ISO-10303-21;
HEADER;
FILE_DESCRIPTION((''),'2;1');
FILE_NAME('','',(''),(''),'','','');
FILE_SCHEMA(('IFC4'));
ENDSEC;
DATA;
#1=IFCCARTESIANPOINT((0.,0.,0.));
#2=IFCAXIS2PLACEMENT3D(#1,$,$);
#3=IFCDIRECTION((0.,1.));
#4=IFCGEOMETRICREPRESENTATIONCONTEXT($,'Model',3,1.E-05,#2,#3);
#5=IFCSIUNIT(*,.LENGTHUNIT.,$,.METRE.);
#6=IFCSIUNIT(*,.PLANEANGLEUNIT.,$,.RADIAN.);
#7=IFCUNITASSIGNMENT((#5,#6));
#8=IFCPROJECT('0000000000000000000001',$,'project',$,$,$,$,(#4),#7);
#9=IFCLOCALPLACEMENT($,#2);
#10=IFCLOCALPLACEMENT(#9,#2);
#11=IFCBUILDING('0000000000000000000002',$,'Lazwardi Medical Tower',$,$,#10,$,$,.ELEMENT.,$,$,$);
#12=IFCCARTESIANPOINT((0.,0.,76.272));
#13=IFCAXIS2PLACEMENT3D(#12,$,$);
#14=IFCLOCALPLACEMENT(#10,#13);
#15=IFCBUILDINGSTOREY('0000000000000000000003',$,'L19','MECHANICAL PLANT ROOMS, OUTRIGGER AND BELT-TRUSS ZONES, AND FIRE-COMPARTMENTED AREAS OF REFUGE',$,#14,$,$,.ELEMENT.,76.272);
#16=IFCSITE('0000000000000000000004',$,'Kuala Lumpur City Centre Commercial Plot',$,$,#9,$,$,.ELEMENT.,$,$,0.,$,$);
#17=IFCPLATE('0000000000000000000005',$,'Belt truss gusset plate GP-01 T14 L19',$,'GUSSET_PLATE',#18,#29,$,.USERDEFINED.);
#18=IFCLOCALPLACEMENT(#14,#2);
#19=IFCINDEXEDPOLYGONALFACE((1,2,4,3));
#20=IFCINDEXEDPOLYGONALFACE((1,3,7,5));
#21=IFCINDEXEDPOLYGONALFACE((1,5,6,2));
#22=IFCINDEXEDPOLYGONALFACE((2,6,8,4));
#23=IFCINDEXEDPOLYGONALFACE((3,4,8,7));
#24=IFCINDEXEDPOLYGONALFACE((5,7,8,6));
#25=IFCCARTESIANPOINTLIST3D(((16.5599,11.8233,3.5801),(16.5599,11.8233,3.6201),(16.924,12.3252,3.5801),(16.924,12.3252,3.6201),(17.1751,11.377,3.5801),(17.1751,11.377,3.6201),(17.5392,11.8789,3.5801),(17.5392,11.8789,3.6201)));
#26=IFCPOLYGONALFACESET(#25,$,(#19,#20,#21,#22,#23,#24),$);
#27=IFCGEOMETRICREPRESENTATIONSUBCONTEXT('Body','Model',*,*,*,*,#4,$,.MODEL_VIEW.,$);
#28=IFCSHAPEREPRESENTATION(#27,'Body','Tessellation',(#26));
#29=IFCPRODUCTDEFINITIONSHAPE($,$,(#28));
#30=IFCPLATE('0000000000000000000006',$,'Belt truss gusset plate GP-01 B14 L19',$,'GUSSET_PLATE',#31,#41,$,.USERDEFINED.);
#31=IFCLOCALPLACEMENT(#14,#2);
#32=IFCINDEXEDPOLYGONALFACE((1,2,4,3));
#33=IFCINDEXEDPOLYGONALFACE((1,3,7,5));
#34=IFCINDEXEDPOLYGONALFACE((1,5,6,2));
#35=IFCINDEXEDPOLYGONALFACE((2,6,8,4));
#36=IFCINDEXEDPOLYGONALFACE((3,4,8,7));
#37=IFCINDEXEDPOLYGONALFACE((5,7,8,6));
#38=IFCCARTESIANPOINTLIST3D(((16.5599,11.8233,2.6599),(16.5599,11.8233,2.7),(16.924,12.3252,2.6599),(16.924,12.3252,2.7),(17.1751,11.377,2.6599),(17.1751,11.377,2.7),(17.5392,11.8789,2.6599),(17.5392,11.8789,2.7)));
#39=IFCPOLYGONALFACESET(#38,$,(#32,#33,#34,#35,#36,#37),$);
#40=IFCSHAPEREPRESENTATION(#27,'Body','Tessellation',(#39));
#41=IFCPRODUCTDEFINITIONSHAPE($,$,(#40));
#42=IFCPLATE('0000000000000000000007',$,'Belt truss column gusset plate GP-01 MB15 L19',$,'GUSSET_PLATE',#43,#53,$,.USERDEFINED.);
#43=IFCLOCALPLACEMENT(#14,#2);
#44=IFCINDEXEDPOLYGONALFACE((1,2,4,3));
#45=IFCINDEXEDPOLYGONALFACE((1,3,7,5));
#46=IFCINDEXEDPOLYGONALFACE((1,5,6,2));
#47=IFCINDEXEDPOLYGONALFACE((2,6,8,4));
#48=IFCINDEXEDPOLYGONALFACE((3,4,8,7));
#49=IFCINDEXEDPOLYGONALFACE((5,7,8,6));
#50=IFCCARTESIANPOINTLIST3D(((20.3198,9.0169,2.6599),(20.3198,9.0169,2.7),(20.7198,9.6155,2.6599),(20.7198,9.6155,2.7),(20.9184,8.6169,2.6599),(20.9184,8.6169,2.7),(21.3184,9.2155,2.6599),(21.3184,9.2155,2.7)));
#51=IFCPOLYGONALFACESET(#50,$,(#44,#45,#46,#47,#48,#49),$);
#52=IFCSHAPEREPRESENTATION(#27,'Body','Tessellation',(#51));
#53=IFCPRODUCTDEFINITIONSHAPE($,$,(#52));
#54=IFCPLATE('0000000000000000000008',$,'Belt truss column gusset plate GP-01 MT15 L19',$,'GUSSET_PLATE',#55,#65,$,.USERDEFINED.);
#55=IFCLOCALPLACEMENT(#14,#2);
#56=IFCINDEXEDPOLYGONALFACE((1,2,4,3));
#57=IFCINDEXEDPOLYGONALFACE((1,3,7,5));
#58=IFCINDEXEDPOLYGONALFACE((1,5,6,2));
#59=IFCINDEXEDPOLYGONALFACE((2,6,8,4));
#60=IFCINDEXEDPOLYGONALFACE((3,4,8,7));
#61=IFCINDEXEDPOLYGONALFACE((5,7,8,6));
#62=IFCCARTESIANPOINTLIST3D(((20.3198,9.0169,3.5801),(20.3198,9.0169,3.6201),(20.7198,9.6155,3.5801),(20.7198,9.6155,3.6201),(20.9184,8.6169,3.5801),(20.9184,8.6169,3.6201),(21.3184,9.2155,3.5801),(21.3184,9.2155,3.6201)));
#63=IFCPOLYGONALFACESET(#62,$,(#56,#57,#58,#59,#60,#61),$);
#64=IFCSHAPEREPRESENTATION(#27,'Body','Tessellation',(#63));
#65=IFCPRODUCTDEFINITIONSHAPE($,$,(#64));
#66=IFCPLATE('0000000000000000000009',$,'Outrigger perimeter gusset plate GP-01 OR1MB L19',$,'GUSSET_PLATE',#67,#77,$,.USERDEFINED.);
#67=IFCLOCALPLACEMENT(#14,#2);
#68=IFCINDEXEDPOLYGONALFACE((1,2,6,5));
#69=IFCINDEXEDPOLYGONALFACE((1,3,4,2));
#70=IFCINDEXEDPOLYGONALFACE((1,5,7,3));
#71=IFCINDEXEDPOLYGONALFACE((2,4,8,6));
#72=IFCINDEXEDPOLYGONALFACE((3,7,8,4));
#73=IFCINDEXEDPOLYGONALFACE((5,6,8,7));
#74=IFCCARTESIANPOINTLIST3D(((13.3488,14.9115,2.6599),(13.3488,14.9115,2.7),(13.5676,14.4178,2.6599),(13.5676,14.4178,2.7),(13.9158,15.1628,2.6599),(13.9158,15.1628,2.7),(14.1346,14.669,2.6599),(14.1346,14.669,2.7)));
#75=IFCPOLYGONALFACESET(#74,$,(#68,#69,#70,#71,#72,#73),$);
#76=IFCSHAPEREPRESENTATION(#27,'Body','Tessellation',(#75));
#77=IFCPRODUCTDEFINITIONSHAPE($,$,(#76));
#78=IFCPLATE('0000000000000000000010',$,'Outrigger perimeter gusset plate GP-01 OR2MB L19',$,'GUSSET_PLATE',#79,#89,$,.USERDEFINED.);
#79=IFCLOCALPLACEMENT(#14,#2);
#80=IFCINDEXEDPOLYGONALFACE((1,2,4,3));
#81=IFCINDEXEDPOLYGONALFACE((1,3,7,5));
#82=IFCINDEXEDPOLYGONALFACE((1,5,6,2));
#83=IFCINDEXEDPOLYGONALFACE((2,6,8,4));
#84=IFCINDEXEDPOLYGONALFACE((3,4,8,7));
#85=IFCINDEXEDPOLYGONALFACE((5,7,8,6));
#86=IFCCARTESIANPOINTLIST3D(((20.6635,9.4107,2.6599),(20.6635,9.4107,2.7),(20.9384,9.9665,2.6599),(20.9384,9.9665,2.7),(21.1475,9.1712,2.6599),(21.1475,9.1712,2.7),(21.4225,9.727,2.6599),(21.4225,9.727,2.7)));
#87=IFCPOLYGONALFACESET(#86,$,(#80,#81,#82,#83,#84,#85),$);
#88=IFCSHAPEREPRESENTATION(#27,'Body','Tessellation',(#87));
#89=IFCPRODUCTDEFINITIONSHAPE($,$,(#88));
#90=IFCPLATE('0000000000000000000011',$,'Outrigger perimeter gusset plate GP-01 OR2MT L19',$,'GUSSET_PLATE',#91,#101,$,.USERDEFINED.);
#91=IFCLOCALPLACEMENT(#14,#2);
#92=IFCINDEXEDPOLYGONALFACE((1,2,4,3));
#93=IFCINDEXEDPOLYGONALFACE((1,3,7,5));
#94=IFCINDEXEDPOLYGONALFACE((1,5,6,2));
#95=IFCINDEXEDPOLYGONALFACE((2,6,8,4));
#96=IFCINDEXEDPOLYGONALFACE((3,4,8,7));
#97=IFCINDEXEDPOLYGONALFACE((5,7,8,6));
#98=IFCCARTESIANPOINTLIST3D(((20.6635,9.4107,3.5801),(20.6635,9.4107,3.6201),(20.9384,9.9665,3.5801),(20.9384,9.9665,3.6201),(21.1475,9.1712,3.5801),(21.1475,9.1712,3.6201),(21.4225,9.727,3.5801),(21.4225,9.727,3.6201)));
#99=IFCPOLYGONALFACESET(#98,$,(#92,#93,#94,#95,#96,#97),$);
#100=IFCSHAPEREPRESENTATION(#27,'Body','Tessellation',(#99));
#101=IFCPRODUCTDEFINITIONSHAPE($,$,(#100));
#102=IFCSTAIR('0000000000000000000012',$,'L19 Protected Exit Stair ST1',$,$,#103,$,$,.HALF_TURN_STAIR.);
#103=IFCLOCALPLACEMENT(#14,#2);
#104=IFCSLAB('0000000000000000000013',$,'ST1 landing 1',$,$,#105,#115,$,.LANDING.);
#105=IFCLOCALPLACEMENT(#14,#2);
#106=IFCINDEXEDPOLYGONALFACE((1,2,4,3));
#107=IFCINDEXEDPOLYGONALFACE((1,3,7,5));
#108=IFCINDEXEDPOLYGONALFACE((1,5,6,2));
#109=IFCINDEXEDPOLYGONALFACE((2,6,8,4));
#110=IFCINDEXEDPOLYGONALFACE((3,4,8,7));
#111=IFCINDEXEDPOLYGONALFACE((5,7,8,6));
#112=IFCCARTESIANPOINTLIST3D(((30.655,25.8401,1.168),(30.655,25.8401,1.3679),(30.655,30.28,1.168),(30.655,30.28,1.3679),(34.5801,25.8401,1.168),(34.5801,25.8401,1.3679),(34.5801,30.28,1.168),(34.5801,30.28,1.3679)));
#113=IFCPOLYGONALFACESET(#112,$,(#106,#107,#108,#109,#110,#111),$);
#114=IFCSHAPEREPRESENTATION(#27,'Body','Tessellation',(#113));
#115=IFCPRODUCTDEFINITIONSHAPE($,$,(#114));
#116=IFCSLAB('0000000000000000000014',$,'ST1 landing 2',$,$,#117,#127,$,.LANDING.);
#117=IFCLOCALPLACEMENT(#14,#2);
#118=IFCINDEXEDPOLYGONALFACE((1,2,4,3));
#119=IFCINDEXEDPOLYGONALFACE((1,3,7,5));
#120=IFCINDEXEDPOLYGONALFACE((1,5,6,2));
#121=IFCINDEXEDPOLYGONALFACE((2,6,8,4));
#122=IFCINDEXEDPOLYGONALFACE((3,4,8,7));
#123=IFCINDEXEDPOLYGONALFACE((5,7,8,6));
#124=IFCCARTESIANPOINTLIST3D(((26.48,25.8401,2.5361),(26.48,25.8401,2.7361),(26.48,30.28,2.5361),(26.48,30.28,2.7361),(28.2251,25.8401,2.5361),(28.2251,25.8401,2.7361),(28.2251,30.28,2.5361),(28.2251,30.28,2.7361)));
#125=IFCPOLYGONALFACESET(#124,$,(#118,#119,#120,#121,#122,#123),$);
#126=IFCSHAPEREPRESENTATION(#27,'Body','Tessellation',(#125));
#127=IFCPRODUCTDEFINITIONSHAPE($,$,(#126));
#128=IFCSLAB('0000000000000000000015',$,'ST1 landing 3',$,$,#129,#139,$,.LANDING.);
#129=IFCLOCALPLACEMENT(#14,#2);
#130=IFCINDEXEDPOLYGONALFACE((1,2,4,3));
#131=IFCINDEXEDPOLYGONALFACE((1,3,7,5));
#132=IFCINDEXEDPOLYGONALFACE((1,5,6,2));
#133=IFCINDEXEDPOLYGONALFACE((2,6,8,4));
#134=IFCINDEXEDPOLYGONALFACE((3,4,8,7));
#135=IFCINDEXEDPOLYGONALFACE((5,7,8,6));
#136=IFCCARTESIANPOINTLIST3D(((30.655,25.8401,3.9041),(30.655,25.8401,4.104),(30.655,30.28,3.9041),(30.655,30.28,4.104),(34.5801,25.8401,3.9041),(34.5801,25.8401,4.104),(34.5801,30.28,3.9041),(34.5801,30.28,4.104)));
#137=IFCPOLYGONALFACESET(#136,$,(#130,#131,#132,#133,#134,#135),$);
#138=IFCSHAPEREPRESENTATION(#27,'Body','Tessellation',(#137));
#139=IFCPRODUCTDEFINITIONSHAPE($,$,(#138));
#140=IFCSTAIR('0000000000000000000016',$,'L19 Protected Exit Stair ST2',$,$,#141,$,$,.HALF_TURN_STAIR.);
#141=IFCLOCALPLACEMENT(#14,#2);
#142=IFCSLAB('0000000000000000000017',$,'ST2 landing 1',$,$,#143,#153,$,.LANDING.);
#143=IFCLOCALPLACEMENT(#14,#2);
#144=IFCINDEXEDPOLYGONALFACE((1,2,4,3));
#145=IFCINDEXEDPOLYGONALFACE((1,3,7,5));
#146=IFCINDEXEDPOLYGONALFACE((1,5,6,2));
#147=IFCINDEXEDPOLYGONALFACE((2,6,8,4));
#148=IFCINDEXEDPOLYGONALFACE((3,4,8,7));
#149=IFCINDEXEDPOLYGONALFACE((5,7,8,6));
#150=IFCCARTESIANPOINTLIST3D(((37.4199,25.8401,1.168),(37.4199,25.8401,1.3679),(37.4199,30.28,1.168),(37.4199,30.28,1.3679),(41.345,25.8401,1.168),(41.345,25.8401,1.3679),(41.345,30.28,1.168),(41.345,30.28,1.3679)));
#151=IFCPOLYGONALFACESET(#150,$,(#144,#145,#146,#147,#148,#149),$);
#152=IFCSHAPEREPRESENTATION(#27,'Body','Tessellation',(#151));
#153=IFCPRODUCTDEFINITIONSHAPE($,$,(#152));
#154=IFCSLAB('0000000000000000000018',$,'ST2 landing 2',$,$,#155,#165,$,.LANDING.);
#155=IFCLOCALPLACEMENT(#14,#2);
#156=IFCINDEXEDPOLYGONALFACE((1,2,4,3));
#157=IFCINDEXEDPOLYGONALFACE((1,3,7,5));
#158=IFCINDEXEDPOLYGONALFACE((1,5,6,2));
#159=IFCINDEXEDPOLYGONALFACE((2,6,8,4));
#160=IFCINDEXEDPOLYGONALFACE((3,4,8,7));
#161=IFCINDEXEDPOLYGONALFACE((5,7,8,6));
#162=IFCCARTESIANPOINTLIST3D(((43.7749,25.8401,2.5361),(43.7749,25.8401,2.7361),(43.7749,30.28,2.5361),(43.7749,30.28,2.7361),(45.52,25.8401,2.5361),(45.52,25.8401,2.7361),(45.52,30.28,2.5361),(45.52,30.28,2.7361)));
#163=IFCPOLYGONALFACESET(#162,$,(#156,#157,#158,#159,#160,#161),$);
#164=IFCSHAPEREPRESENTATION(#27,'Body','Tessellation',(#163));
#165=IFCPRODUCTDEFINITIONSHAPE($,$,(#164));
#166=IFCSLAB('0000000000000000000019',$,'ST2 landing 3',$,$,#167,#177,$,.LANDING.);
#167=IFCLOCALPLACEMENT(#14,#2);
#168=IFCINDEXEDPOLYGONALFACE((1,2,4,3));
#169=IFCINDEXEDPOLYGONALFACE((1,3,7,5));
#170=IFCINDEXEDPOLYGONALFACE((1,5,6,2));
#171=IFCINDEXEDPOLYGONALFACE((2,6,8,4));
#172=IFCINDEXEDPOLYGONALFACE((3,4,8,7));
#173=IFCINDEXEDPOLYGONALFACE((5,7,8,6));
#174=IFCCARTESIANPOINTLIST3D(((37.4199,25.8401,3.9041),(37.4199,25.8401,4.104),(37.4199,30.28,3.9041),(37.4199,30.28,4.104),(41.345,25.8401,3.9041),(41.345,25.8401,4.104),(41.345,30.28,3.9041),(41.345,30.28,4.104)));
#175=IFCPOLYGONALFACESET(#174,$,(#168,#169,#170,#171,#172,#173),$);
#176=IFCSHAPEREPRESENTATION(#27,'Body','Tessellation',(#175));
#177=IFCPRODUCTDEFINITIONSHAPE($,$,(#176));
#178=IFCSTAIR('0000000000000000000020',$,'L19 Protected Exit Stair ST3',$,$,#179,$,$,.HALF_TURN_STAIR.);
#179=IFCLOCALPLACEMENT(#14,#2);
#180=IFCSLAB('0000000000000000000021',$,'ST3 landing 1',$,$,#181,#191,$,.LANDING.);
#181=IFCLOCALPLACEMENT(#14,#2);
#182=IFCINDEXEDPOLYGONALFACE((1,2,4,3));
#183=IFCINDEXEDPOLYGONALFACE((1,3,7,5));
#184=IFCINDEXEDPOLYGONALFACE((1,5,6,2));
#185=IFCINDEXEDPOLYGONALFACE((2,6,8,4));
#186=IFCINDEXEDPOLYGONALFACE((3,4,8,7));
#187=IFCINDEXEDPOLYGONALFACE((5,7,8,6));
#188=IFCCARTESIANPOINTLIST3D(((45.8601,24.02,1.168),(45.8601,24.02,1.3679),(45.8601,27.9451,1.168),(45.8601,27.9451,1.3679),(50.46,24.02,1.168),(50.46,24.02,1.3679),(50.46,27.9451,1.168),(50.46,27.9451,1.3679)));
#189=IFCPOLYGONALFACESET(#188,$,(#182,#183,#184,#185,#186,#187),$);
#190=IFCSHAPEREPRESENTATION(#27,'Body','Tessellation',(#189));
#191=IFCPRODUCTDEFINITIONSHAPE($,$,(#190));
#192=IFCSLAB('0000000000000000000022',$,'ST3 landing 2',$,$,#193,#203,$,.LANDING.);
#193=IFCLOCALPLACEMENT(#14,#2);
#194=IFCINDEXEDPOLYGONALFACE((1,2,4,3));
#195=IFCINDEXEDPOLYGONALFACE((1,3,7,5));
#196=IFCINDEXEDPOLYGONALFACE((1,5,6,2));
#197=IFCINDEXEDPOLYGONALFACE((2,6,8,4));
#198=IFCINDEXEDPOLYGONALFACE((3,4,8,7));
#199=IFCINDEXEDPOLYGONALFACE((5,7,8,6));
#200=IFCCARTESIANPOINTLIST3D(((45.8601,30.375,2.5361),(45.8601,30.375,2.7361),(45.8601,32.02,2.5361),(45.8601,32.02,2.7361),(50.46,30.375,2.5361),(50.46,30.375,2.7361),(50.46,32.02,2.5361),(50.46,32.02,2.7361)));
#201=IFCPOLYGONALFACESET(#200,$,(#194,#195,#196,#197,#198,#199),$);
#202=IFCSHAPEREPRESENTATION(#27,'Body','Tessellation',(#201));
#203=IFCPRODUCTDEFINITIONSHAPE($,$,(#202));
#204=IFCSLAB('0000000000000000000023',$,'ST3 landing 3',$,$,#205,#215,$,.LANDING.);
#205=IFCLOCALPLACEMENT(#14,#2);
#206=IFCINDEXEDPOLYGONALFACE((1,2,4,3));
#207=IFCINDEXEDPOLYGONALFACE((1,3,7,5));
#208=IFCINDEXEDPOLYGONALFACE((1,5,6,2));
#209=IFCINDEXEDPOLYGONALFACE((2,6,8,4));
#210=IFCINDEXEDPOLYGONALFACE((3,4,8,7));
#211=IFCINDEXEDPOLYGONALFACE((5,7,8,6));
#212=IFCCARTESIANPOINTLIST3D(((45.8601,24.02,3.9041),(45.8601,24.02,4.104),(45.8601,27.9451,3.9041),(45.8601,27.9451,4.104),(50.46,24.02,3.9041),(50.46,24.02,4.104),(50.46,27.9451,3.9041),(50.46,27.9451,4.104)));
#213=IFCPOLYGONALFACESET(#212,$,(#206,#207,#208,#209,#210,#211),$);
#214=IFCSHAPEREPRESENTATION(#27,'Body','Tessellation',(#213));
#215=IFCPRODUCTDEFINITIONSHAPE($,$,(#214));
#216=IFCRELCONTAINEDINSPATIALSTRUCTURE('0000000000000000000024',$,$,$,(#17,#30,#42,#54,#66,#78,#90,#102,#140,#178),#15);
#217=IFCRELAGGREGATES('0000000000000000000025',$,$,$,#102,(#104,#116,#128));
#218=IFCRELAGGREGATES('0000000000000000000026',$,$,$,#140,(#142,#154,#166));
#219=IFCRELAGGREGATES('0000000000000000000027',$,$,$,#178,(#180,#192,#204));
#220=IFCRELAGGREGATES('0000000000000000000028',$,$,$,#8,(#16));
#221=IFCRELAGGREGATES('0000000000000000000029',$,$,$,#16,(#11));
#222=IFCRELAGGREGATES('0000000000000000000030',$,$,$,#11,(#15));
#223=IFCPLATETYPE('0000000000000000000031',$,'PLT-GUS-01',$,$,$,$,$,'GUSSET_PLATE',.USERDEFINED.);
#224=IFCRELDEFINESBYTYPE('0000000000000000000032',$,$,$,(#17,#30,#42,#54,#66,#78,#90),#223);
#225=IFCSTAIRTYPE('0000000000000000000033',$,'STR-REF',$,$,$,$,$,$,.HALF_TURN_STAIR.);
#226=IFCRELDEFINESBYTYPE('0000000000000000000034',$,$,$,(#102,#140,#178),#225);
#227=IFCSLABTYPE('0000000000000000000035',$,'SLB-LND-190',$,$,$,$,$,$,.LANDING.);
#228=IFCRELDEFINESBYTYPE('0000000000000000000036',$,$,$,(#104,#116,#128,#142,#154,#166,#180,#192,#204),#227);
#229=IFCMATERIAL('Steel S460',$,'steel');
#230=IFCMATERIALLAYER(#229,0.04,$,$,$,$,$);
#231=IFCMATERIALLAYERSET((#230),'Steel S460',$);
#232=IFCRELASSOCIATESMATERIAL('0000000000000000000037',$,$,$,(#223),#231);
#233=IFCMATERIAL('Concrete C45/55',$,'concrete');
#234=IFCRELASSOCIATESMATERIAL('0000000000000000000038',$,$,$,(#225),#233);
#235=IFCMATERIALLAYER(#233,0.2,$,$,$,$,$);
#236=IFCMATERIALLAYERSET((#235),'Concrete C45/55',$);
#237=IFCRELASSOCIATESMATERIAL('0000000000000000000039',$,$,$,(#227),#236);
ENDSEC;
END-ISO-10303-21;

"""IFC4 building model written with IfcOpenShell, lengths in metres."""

from ifc_helpers import new_model, si_unit, direction, frame, origin, origin_2d, place, context, subcontext, project, spatial, polyline, rectangle, outline, extrude, material, layer, layer_set, type_object, element, aggregate, save


model = new_model("IFC4")

# Units and contexts
model_context = context("Model", 3, precision=1e-05, world=origin(), true_north=direction((0.0, 1.0)))
body_context = subcontext(model_context, "Body", "Model", "MODEL_VIEW")
ifc_project = project(units=[si_unit("LENGTHUNIT", "METRE"), si_unit("PLANEANGLEUNIT", "RADIAN")], contexts=[model_context])

# Site, building, storey
site_placement = place(None, origin())
site = spatial("IfcSite", under=ifc_project, at=site_placement, Name="Kuala Lumpur City Centre Commercial Plot", CompositionType="ELEMENT", RefElevation=0.0)
building_placement = place(site_placement, origin())
building = spatial("IfcBuilding", under=site, at=building_placement, Name="Lazwardi Medical Tower", CompositionType="ELEMENT")
storey_placement = place(building_placement, frame((0.0, 0.0, 76.272)))
storey = spatial("IfcBuildingStorey", under=building, at=storey_placement, Name="L19", Description="MECHANICAL PLANT ROOMS, OUTRIGGER AND BELT-TRUSS ZONES, AND FIRE-COMPARTMENTED AREAS OF REFUGE", CompositionType="ELEMENT", Elevation=76.272)

# Shared definitions
ifc_material_1 = material(Name="Steel S460", Category="steel")

# Plates
ifc_layer_1 = layer(ifc_material_1, 0.04)
ifc_layer_set_1 = layer_set([ifc_layer_1], Name="Steel S460")
plate_type = type_object("IfcPlateType", Name="PLT-GUS-01", ElementType="GUSSET_PLATE", PredefinedType="USERDEFINED", material=ifc_layer_set_1)
for number, where, z_axis, x_axis, name in (
    (1, (17.0496, 11.8511, 3.5801), (0.0, 0.0, 1.0), (0.809427, -0.58722, 0.0), "Belt truss gusset plate GP-01 T14 L19"),
    (2, (17.0496, 11.8511, 2.6599), (0.0, 0.0, 1.0), (0.809427, -0.58722, 0.0), "Belt truss gusset plate GP-01 B14 L19"),
):
    element("IfcPlate", number, at=place(storey_placement, frame(where, z_axis=z_axis, x_axis=x_axis)), inside=storey, type_object=plate_type, Name=name, ObjectType="GUSSET_PLATE", PredefinedType="USERDEFINED", context=body_context, shape_type="SweptSolid", body=[
        extrude(rectangle(XDim=0.76, YDim=0.6201, at=origin_2d()), origin(), (0.0, 0.0, 1.0), 0.04),
    ])
for number, where, z_axis, x_axis, name in (
    (3, (20.8191, 9.1162, 2.6599), (0.0, 0.0, 1.0), (-0.55557, -0.83147, 0.0), "Belt truss column gusset plate GP-01 MB15 L19"),
    (4, (20.8191, 9.1162, 3.5801), (0.0, 0.0, 1.0), (-0.55557, -0.83147, 0.0), "Belt truss column gusset plate GP-01 MT15 L19"),
):
    element("IfcPlate", number, at=place(storey_placement, frame(where, z_axis=z_axis, x_axis=x_axis)), inside=storey, type_object=plate_type, Name=name, ObjectType="GUSSET_PLATE", PredefinedType="USERDEFINED", context=body_context, shape_type="SweptSolid", body=[
        extrude(rectangle(XDim=0.72, YDim=0.72, at=origin_2d()), origin(), (0.0, 0.0, 1.0), 0.04),
    ])
for number, where, z_axis, x_axis, name in (
    (5, (13.7417, 14.7903, 2.6599), (0.0, 0.0, 1.0), (-0.914254, -0.405142, 0.0), "Outrigger perimeter gusset plate GP-01 OR1MB L19"),
    (6, (21.043, 9.5688, 2.6599), (0.0, 0.0, 1.0), (-0.443384, -0.896332, 0.0), "Outrigger perimeter gusset plate GP-01 OR2MB L19"),
    (7, (21.043, 9.5688, 3.5801), (0.0, 0.0, 1.0), (-0.443384, -0.896332, 0.0), "Outrigger perimeter gusset plate GP-01 OR2MT L19"),
):
    element("IfcPlate", number, at=place(storey_placement, frame(where, z_axis=z_axis, x_axis=x_axis)), inside=storey, type_object=plate_type, Name=name, ObjectType="GUSSET_PLATE", PredefinedType="USERDEFINED", context=body_context, shape_type="SweptSolid", body=[
        extrude(rectangle(XDim=0.6201, YDim=0.54, at=origin_2d()), origin(), (0.0, 0.0, 1.0), 0.04),
    ])

# Stairs, slabs
ifc_material_2 = material(Name="Concrete C45/55", Category="concrete")
stair_type = type_object("IfcStairType", Name="STR-REF", PredefinedType="HALF_TURN_STAIR", material=ifc_material_2)
stair_1_placement = place(storey_placement, origin())
stair_1 = element("IfcStair", 8, at=stair_1_placement, inside=storey, type_object=stair_type, Name="L19 Protected Exit Stair ST1", PredefinedType="HALF_TURN_STAIR")
ifc_layer_2 = layer(ifc_material_2, 0.2)
ifc_layer_set_2 = layer_set([ifc_layer_2], Name="Concrete C45/55")
slab_type_1 = type_object("IfcSlabType", Name="SLB-LND-190", PredefinedType="LANDING", material=ifc_layer_set_2)
slab_1_placement = place(storey_placement, frame((0.0, 0.0, 1.168)))
slab_1 = element("IfcSlab", 9, at=slab_1_placement, type_object=slab_type_1, Name="ST1 landing 1", PredefinedType="LANDING", context=body_context, shape_type="SweptSolid", body=[
    extrude(outline(polyline([(30.655, 25.8401), (34.5801, 25.8401), (34.5801, 30.28), (30.655, 30.28), (30.655, 25.8401)])), origin(), (0.0, 0.0, 1.0), 0.2),
])
slab_2_placement = place(storey_placement, frame((0.0, 0.0, 2.5361)))
slab_2 = element("IfcSlab", 10, at=slab_2_placement, type_object=slab_type_1, Name="ST1 landing 2", PredefinedType="LANDING", context=body_context, shape_type="SweptSolid", body=[
    extrude(outline(polyline([(26.48, 25.8401), (28.2251, 25.8401), (28.2251, 30.28), (26.48, 30.28), (26.48, 25.8401)])), origin(), (0.0, 0.0, 1.0), 0.2),
])
slab_3_placement = place(storey_placement, frame((0.0, 0.0, 3.9041)))
slab_3 = element("IfcSlab", 11, at=slab_3_placement, type_object=slab_type_1, Name="ST1 landing 3", PredefinedType="LANDING", context=body_context, shape_type="SweptSolid", body=[
    extrude(outline(polyline([(30.655, 25.8401), (34.5801, 25.8401), (34.5801, 30.28), (30.655, 30.28), (30.655, 25.8401)])), origin(), (0.0, 0.0, 1.0), 0.2),
])
aggregate(stair_1, [slab_1, slab_2, slab_3])
stair_2_placement = place(storey_placement, origin())
stair_2 = element("IfcStair", 12, at=stair_2_placement, inside=storey, type_object=stair_type, Name="L19 Protected Exit Stair ST2", PredefinedType="HALF_TURN_STAIR")
slab_4_placement = place(storey_placement, frame((0.0, 0.0, 1.168)))
slab_4 = element("IfcSlab", 13, at=slab_4_placement, type_object=slab_type_1, Name="ST2 landing 1", PredefinedType="LANDING", context=body_context, shape_type="SweptSolid", body=[
    extrude(outline(polyline([(41.345, 30.28), (37.4199, 30.28), (37.4199, 25.8401), (41.345, 25.8401), (41.345, 30.28)])), origin(), (0.0, 0.0, 1.0), 0.2),
])
slab_5_placement = place(storey_placement, frame((0.0, 0.0, 2.5361)))
slab_5 = element("IfcSlab", 14, at=slab_5_placement, type_object=slab_type_1, Name="ST2 landing 2", PredefinedType="LANDING", context=body_context, shape_type="SweptSolid", body=[
    extrude(outline(polyline([(45.52, 30.28), (43.7749, 30.28), (43.7749, 25.8401), (45.52, 25.8401), (45.52, 30.28)])), origin(), (0.0, 0.0, 1.0), 0.2),
])
slab_6_placement = place(storey_placement, frame((0.0, 0.0, 3.9041)))
slab_6 = element("IfcSlab", 15, at=slab_6_placement, type_object=slab_type_1, Name="ST2 landing 3", PredefinedType="LANDING", context=body_context, shape_type="SweptSolid", body=[
    extrude(outline(polyline([(41.345, 30.28), (37.4199, 30.28), (37.4199, 25.8401), (41.345, 25.8401), (41.345, 30.28)])), origin(), (0.0, 0.0, 1.0), 0.2),
])
aggregate(stair_2, [slab_4, slab_5, slab_6])
stair_3_placement = place(storey_placement, origin())
stair_3 = element("IfcStair", 16, at=stair_3_placement, inside=storey, type_object=stair_type, Name="L19 Protected Exit Stair ST3", PredefinedType="HALF_TURN_STAIR")
slab_7_placement = place(storey_placement, frame((0.0, 0.0, 1.168)))
slab_7 = element("IfcSlab", 17, at=slab_7_placement, type_object=slab_type_1, Name="ST3 landing 1", PredefinedType="LANDING", context=body_context, shape_type="SweptSolid", body=[
    extrude(outline(polyline([(45.8601, 27.9451), (45.8601, 24.02), (50.46, 24.02), (50.46, 27.9451), (45.8601, 27.9451)])), origin(), (0.0, 0.0, 1.0), 0.2),
])
slab_8_placement = place(storey_placement, frame((0.0, 0.0, 2.5361)))
slab_8 = element("IfcSlab", 18, at=slab_8_placement, type_object=slab_type_1, Name="ST3 landing 2", PredefinedType="LANDING", context=body_context, shape_type="SweptSolid", body=[
    extrude(outline(polyline([(45.8601, 32.02), (45.8601, 30.375), (50.46, 30.375), (50.46, 32.02), (45.8601, 32.02)])), origin(), (0.0, 0.0, 1.0), 0.2),
])
slab_9_placement = place(storey_placement, frame((0.0, 0.0, 3.9041)))
slab_9 = element("IfcSlab", 19, at=slab_9_placement, type_object=slab_type_1, Name="ST3 landing 3", PredefinedType="LANDING", context=body_context, shape_type="SweptSolid", body=[
    extrude(outline(polyline([(45.8601, 27.9451), (45.8601, 24.02), (50.46, 24.02), (50.46, 27.9451), (45.8601, 27.9451)])), origin(), (0.0, 0.0, 1.0), 0.2),
])
aggregate(stair_3, [slab_7, slab_8, slab_9])

save(model, "model.ifc")
